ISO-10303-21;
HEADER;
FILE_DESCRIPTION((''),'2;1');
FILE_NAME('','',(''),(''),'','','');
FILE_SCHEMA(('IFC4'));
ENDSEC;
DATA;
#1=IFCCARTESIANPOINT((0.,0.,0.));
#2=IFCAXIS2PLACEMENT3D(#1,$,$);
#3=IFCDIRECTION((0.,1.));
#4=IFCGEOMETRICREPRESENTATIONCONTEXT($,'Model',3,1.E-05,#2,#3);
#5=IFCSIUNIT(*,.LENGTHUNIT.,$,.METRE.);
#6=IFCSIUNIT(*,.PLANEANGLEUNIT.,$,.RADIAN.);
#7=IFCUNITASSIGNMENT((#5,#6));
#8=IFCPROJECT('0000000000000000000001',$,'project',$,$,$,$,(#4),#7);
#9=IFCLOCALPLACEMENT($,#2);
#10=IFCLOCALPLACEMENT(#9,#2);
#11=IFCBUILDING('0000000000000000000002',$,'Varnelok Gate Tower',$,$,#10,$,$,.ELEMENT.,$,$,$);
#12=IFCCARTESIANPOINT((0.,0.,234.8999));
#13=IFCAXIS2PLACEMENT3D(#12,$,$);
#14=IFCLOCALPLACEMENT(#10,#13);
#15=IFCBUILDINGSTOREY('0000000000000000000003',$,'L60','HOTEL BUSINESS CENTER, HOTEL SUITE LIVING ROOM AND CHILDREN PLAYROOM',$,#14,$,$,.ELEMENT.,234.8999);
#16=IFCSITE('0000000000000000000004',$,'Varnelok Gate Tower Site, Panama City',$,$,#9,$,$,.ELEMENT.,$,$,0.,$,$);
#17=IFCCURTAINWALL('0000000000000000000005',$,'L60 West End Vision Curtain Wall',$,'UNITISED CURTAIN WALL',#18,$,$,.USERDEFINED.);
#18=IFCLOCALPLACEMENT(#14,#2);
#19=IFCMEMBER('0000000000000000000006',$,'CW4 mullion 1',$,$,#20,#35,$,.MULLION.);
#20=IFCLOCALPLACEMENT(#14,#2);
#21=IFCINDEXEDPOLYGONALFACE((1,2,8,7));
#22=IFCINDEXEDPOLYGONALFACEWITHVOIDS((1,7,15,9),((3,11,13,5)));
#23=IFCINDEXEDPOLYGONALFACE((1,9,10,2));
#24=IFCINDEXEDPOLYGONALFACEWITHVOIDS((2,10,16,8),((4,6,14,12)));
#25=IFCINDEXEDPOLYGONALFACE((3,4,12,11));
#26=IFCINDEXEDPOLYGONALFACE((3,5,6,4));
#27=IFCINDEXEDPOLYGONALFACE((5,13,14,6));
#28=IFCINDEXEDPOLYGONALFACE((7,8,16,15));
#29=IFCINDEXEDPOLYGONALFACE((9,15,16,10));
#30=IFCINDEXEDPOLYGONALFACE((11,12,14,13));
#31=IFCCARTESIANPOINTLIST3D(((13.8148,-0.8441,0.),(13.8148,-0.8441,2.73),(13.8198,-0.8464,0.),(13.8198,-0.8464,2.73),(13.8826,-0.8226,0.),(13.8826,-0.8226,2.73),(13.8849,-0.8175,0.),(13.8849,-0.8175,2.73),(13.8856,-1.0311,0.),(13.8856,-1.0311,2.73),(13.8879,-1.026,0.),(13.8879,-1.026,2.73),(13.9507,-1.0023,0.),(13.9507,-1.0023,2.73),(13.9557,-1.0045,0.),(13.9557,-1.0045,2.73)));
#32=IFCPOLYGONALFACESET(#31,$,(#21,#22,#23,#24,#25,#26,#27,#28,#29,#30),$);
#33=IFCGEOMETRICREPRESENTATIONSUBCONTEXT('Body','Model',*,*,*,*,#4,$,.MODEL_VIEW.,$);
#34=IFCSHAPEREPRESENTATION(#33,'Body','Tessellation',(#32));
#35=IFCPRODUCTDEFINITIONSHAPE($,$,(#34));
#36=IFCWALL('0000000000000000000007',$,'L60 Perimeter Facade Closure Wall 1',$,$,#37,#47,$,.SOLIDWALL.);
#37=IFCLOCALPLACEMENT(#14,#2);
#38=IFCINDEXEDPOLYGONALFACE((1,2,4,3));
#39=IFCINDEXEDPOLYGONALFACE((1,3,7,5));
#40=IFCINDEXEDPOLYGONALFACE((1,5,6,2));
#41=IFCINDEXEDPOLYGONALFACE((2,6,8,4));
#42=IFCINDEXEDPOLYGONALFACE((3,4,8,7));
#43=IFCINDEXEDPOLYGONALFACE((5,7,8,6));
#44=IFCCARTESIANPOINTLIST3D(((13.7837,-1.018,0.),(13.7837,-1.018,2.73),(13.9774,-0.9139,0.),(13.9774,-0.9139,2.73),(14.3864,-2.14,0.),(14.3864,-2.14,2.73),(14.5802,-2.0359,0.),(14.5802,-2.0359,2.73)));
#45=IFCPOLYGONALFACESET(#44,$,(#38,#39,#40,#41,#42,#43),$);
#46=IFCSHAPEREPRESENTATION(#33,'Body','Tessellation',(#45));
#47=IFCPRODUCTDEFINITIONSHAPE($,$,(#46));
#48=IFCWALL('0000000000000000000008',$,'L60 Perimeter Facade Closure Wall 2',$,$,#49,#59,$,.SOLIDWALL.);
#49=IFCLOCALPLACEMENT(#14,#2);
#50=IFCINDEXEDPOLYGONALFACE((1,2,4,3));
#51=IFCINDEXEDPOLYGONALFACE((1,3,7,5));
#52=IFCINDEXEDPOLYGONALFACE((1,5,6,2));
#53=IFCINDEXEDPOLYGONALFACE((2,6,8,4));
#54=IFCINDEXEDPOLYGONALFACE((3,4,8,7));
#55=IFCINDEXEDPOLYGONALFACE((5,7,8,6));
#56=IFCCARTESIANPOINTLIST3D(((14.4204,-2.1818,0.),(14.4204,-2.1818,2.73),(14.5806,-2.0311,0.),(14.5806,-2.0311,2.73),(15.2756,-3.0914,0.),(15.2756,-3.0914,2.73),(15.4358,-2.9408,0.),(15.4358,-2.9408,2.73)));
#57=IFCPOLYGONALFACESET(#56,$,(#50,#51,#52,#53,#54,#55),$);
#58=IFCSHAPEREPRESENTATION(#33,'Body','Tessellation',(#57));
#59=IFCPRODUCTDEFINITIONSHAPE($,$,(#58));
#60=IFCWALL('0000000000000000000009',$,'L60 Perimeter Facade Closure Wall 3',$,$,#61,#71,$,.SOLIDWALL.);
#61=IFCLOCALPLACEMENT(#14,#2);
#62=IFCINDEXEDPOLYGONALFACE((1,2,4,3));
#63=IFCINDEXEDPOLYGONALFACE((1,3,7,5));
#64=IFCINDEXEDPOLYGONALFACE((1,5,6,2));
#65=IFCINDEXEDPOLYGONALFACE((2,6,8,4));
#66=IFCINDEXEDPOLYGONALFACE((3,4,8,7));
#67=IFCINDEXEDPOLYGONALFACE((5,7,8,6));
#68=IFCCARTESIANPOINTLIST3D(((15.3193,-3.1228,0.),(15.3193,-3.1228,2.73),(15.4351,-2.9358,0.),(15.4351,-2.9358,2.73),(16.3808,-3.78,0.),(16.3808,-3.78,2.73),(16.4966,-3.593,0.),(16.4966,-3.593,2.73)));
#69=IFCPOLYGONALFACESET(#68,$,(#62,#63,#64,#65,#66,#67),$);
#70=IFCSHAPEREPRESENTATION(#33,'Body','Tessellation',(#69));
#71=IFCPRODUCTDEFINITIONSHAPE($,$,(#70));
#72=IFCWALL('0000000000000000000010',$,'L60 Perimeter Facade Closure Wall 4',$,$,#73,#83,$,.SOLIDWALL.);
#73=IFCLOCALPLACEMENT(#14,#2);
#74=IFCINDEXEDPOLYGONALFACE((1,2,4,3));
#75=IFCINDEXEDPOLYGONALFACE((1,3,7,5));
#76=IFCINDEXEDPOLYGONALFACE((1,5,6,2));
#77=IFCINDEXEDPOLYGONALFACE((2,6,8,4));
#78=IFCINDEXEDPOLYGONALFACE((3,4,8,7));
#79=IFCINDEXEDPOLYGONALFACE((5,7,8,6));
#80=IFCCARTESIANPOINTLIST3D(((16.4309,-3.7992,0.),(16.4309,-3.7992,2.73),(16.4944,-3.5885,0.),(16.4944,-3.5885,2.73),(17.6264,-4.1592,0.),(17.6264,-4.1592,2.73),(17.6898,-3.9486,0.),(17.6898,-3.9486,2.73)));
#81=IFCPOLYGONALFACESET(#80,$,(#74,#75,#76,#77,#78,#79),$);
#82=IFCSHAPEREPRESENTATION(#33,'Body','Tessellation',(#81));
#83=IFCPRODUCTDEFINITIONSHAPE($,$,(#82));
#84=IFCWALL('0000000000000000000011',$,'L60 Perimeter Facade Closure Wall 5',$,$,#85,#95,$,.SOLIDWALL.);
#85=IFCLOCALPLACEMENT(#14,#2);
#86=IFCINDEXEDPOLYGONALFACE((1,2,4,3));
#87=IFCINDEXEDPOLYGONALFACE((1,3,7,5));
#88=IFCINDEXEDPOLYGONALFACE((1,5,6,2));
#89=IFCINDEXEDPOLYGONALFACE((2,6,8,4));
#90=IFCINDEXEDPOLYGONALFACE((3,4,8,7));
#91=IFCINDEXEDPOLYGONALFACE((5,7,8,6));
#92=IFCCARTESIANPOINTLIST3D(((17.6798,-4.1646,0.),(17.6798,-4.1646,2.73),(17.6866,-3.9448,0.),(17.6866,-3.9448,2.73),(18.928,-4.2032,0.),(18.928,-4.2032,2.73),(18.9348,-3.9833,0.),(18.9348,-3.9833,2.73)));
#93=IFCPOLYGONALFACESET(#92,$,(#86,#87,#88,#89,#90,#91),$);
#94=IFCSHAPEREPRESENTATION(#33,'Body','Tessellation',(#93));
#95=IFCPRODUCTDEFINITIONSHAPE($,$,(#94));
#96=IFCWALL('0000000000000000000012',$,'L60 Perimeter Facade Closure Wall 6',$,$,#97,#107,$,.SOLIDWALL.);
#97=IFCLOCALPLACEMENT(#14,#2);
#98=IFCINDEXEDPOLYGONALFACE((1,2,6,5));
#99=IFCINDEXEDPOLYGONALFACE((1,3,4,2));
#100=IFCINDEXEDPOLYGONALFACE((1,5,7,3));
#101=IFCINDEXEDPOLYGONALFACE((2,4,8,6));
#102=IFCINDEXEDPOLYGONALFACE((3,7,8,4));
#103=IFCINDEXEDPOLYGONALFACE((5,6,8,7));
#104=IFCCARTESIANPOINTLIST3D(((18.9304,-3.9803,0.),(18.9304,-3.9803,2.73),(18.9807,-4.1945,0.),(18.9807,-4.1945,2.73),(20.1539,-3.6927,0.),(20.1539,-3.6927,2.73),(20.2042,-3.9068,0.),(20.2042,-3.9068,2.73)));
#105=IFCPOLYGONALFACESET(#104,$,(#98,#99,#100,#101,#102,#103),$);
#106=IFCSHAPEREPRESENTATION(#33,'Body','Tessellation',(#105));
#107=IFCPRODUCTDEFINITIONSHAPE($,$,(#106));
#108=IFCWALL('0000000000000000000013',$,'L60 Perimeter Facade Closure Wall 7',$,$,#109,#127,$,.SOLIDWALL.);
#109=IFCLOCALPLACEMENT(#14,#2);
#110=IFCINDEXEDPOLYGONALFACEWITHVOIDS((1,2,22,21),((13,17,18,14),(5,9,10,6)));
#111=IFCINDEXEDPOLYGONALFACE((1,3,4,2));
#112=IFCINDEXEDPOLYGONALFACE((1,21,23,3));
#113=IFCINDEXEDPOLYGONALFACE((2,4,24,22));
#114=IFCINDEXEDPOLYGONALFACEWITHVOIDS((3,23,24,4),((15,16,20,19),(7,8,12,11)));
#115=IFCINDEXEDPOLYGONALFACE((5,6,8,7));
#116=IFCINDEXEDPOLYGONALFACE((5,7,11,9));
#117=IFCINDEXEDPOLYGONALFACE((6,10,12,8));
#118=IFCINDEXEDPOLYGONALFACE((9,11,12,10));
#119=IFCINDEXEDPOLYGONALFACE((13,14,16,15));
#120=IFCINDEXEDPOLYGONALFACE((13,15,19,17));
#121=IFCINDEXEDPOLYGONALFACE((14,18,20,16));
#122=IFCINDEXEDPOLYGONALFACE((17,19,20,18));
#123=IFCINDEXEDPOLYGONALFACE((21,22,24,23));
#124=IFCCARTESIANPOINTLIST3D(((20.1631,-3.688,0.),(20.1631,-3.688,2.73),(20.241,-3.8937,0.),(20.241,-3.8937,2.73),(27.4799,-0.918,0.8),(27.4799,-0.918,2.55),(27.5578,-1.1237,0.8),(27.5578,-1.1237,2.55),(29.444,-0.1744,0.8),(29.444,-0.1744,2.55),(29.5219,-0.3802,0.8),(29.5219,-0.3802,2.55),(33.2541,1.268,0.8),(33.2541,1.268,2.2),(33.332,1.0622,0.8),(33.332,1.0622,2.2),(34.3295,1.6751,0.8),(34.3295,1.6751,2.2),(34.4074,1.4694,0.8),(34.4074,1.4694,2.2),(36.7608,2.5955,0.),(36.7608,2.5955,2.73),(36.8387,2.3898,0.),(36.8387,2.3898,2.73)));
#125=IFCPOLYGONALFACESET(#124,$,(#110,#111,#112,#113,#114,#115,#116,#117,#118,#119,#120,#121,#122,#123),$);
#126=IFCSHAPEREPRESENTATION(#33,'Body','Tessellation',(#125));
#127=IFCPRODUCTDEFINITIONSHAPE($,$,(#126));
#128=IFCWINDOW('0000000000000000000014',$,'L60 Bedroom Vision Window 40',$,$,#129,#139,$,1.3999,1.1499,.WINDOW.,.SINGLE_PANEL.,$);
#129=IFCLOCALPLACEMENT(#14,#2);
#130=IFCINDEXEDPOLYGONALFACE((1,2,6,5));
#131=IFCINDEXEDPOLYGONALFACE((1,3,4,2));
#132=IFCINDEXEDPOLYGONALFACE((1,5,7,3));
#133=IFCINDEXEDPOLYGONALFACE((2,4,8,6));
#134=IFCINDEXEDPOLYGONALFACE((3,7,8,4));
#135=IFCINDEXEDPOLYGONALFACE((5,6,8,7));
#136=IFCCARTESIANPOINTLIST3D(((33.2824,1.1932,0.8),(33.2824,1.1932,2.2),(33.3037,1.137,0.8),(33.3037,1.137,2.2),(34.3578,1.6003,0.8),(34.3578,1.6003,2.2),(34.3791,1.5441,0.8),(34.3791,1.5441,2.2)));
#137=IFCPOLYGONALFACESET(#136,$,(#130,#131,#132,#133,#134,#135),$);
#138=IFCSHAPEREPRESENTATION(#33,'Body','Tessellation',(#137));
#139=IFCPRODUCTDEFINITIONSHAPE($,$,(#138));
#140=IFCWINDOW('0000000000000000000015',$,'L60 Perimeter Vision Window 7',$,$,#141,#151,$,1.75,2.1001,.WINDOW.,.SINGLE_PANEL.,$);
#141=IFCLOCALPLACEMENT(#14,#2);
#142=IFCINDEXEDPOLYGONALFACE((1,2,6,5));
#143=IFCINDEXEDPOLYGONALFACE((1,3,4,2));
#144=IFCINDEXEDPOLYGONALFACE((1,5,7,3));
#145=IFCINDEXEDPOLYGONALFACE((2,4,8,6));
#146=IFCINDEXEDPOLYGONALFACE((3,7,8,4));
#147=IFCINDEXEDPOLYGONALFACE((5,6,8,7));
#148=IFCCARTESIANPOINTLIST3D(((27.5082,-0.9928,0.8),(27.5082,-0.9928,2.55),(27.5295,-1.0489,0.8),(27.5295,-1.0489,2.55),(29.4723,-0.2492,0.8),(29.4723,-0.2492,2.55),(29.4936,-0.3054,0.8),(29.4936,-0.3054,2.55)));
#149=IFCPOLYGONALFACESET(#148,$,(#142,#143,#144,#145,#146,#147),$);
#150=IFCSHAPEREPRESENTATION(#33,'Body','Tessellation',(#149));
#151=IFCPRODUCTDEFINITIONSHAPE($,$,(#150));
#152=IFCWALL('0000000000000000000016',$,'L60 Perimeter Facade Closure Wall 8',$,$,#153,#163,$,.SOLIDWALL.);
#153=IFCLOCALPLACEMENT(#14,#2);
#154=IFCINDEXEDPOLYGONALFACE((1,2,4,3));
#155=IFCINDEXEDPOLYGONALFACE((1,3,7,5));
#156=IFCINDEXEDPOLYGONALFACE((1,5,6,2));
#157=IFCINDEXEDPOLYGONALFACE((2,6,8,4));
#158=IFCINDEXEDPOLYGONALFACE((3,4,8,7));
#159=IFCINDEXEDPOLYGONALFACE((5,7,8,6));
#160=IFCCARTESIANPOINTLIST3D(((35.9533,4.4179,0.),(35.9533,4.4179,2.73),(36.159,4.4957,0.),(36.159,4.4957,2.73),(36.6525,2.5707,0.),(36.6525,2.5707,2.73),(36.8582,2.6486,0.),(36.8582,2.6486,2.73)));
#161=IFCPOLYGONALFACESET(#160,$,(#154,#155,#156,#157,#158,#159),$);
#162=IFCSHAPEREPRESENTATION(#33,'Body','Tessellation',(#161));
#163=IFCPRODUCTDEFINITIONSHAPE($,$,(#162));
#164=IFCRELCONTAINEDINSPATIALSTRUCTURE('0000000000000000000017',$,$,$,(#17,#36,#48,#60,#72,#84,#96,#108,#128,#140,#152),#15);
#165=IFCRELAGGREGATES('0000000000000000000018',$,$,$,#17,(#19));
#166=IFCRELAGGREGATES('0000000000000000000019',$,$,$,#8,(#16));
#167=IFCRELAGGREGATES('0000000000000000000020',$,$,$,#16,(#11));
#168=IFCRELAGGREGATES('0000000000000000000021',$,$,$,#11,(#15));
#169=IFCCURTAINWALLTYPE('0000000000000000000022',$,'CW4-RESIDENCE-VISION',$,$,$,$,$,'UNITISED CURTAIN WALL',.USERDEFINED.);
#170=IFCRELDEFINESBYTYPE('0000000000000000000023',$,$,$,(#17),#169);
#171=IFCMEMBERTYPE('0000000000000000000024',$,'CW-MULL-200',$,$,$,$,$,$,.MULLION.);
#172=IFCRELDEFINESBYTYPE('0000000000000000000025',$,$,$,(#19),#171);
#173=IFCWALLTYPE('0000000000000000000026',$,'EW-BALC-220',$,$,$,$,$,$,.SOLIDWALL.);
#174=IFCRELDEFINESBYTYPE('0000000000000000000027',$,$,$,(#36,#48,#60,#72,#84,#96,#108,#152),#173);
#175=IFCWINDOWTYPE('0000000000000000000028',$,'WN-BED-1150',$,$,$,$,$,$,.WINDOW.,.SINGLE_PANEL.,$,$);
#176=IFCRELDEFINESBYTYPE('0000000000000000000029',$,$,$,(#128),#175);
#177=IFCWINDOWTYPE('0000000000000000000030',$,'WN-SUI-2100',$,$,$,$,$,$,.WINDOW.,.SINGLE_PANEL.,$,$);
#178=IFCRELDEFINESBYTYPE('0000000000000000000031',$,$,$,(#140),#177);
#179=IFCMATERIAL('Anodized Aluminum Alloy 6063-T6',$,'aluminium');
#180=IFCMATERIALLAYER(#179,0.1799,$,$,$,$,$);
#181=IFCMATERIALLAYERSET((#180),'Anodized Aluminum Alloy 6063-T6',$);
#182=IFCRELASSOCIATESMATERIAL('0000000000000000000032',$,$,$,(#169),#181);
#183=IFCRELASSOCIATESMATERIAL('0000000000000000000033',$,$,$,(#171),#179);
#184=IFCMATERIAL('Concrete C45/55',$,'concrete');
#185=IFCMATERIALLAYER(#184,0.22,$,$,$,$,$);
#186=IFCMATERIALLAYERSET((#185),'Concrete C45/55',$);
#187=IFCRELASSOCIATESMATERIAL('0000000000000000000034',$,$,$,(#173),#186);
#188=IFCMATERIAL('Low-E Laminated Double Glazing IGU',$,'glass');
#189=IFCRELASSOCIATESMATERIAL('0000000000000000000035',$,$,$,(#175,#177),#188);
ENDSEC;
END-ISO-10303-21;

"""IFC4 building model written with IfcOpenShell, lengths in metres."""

from ifc_helpers import new_model, si_unit, direction, frame, frame_2d, origin, origin_2d, place, context, subcontext, project, spatial, rectangle, hollow_rectangle, extrude, material, layer, layer_set, material_profile, profile_set, type_object, element, fill, aggregate, save


model = new_model("IFC4")

# Units and contexts
model_context = context("Model", 3, precision=1e-05, world=origin(), true_north=direction((0.0, 1.0)))
body_context = subcontext(model_context, "Body", "Model", "MODEL_VIEW")
ifc_project = project(units=[si_unit("LENGTHUNIT", "METRE"), si_unit("PLANEANGLEUNIT", "RADIAN")], contexts=[model_context])

# Site, building, storey
site_placement = place(None, origin())
site = spatial("IfcSite", under=ifc_project, at=site_placement, Name="Varnelok Gate Tower Site, Panama City", CompositionType="ELEMENT", RefElevation=0.0)
building_placement = place(site_placement, origin())
building = spatial("IfcBuilding", under=site, at=building_placement, Name="Varnelok Gate Tower", CompositionType="ELEMENT")
storey_placement = place(building_placement, frame((0.0, 0.0, 234.8999)))
storey = spatial("IfcBuildingStorey", under=building, at=storey_placement, Name="L60", Description="HOTEL BUSINESS CENTER, HOTEL SUITE LIVING ROOM AND CHILDREN PLAYROOM", CompositionType="ELEMENT", Elevation=234.8999)

# Curtain wall, member
ifc_material_1 = material(Name="Anodized Aluminum Alloy 6063-T6", Category="aluminium")
ifc_layer_1 = layer(ifc_material_1, 0.1799)
ifc_layer_set_1 = layer_set([ifc_layer_1], Name="Anodized Aluminum Alloy 6063-T6")
curtain_wall_type = type_object("IfcCurtainWallType", Name="CW4-RESIDENCE-VISION", ElementType="UNITISED CURTAIN WALL", PredefinedType="USERDEFINED", material=ifc_layer_set_1)
curtain_wall_placement = place(storey_placement, origin())
curtain_wall = element("IfcCurtainWall", 1, at=curtain_wall_placement, inside=storey, type_object=curtain_wall_type, Name="L60 West End Vision Curtain Wall", ObjectType="UNITISED CURTAIN WALL", PredefinedType="USERDEFINED")
ifc_material_profile_1 = material_profile(ifc_material_1, hollow_rectangle(XDim=0.075, YDim=0.2, WallThickness=0.0039, at=origin_2d()), Name="ALU200X75X4")
ifc_profile_set_1 = profile_set([ifc_material_profile_1], Name="Anodized Aluminum Alloy 6063-T6")
member_type = type_object("IfcMemberType", Name="CW-MULL-200", PredefinedType="MULLION", material=ifc_profile_set_1)
member_placement = place(storey_placement, frame((13.8853, -0.9243, 0.0), z_axis=(0.0, 0.0, 1.0), x_axis=(-0.935222, -0.354063, 0.0)))
member = element("IfcMember", 2, at=member_placement, type_object=member_type, Name="CW4 mullion 1", PredefinedType="MULLION", context=body_context, shape_type="SweptSolid", body=[
    extrude(hollow_rectangle(XDim=0.075, YDim=0.2, WallThickness=0.0039, at=origin_2d()), origin(), (0.0, 0.0, 1.0), 2.73),
])
aggregate(curtain_wall, [member])

# Walls
ifc_material_2 = material(Name="Concrete C45/55", Category="concrete")
ifc_layer_2 = layer(ifc_material_2, 0.22)
ifc_layer_set_2 = layer_set([ifc_layer_2], Name="Concrete C45/55")
wall_type_1 = type_object("IfcWallType", Name="EW-BALC-220", PredefinedType="SOLIDWALL", material=ifc_layer_set_2)
wall_1_placement = place(storey_placement, frame((13.8806, -0.9661, 0.0), z_axis=(0.0, 0.0, 1.0), x_axis=(0.473242, -0.880932, 0.0)))
element("IfcWall", 3, at=wall_1_placement, inside=storey, type_object=wall_type_1, Name="L60 Perimeter Facade Closure Wall 1", PredefinedType="SOLIDWALL", context=body_context, shape_type="SweptSolid", body=[
    extrude(rectangle(XDim=1.2737, YDim=0.22, at=frame_2d((0.6367, 0.0))), origin(), (0.0, 0.0, 1.0), 2.73),
])
for number, where, z_axis, x_axis, name in (
    (4, (14.5005, -2.1064, 0.0), (0.0, 0.0, 1.0), (0.684968, -0.728573, 0.0), "L60 Perimeter Facade Closure Wall 2"),
    (5, (15.3772, -3.0293, 0.0), (0.0, 0.0, 1.0), (0.850232, -0.526408, 0.0), "L60 Perimeter Facade Closure Wall 3"),
    (6, (16.4626, -3.6938, 0.0), (0.0, 0.0, 1.0), (0.957508, -0.288406, 0.0), "L60 Perimeter Facade Closure Wall 4"),
):
    element("IfcWall", number, at=place(storey_placement, frame(where, z_axis=z_axis, x_axis=x_axis)), inside=storey, type_object=wall_type_1, Name=name, PredefinedType="SOLIDWALL", context=body_context, shape_type="SweptSolid", body=[
        extrude(rectangle(XDim=1.2485, YDim=0.22, at=frame_2d((0.6243, 0.0))), origin(), (0.0, 0.0, 1.0), 2.73),
    ])
wall_2_placement = place(storey_placement, frame((17.6831, -4.0547, 0.0), z_axis=(0.0, 0.0, 1.0), x_axis=(0.999523, -0.030887, 0.0)))
element("IfcWall", 7, at=wall_2_placement, inside=storey, type_object=wall_type_1, Name="L60 Perimeter Facade Closure Wall 5", PredefinedType="SOLIDWALL", context=body_context, shape_type="SweptSolid", body=[
    extrude(rectangle(XDim=1.2488, YDim=0.22, at=frame_2d((0.6245, 0.0))), origin(), (0.0, 0.0, 1.0), 2.73),
])
wall_3_placement = place(storey_placement, frame((18.9556, -4.0874, 0.0), z_axis=(0.0, 0.0, 1.0), x_axis=(0.973463, 0.228844, 0.0)))
element("IfcWall", 8, at=wall_3_placement, inside=storey, type_object=wall_type_1, Name="L60 Perimeter Facade Closure Wall 6", PredefinedType="SOLIDWALL", context=body_context, shape_type="SweptSolid", body=[
    extrude(rectangle(XDim=1.2568, YDim=0.22, at=frame_2d((0.6284, 0.0))), origin(), (0.0, 0.0, 1.0), 2.73),
])

# Wall, openings, windows
wall_4_placement = place(storey_placement, frame((20.2021, -3.7908, 0.0), z_axis=(0.0, 0.0, 1.0), x_axis=(0.935226, 0.354052, 0.0)))
wall_4 = element("IfcWall", 9, at=wall_4_placement, inside=storey, type_object=wall_type_1, Name="L60 Perimeter Facade Closure Wall 7", PredefinedType="SOLIDWALL", context=body_context, shape_type="SweptSolid", body=[
    extrude(rectangle(XDim=17.7473, YDim=0.22, at=frame_2d((8.8735, 0.0))), origin(), (0.0, 0.0, 1.0), 2.73),
])
opening_1_placement = place(wall_4_placement, frame((7.8235, 0.0, 0.8)))
opening_1 = element("IfcOpeningElement", 10, at=opening_1_placement, cuts=wall_4, PredefinedType="OPENING", context=body_context, shape_type="SweptSolid", body=[
    extrude(rectangle(XDim=2.1001, YDim=1.75, at=frame_2d((1.05, 0.875))), frame((0.0, 0.1199, 0.0), z_axis=(0.0, -1.0, 0.0), x_axis=(1.0, 0.0, 0.0)), (0.0, 0.0, 1.0), 0.24),
])
opening_2_placement = place(wall_4_placement, frame((13.9976, 0.0, 0.8)))
opening_2 = element("IfcOpeningElement", 11, at=opening_2_placement, cuts=wall_4, PredefinedType="OPENING", context=body_context, shape_type="SweptSolid", body=[
    extrude(rectangle(XDim=1.1499, YDim=1.3999, at=frame_2d((0.575, 0.7))), frame((0.0, 0.1199, 0.0), z_axis=(0.0, -1.0, 0.0), x_axis=(1.0, 0.0, 0.0)), (0.0, 0.0, 1.0), 0.24),
])
ifc_material_3 = material(Name="Low-E Laminated Double Glazing IGU", Category="glass")
window_type_1 = type_object("IfcWindowType", Name="WN-BED-1150", PartitioningType="SINGLE_PANEL", PredefinedType="WINDOW", material=ifc_material_3)
window_1_placement = place(opening_2_placement, origin())
window_1 = element("IfcWindow", 12, at=window_1_placement, inside=storey, type_object=window_type_1, Name="L60 Bedroom Vision Window 40", OverallHeight=1.3999, OverallWidth=1.1499, PartitioningType="SINGLE_PANEL", PredefinedType="WINDOW", context=body_context, shape_type="SweptSolid", body=[
    extrude(rectangle(XDim=1.1499, YDim=1.3999, at=frame_2d((0.575, 0.7))), frame((0.0, 0.03, 0.0), z_axis=(0.0, -1.0, 0.0), x_axis=(1.0, 0.0, 0.0)), (0.0, 0.0, 1.0), 0.0601),
])
fill(opening_2, window_1)
window_type_2 = type_object("IfcWindowType", Name="WN-SUI-2100", PartitioningType="SINGLE_PANEL", PredefinedType="WINDOW", material=ifc_material_3)
window_2_placement = place(opening_1_placement, origin())
window_2 = element("IfcWindow", 13, at=window_2_placement, inside=storey, type_object=window_type_2, Name="L60 Perimeter Vision Window 7", OverallHeight=1.75, OverallWidth=2.1001, PartitioningType="SINGLE_PANEL", PredefinedType="WINDOW", context=body_context, shape_type="SweptSolid", body=[
    extrude(rectangle(XDim=2.1001, YDim=1.75, at=frame_2d((1.05, 0.875))), frame((0.0, 0.03, 0.0), z_axis=(0.0, -1.0, 0.0), x_axis=(1.0, 0.0, 0.0)), (0.0, 0.0, 1.0), 0.0601),
])
fill(opening_1, window_2)

# Wall
wall_5_placement = place(storey_placement, frame((36.7554, 2.6096, 0.0), z_axis=(0.0, 0.0, 1.0), x_axis=(-0.354021, 0.935238, 0.0)))
element("IfcWall", 14, at=wall_5_placement, inside=storey, type_object=wall_type_1, Name="L60 Perimeter Facade Closure Wall 8", PredefinedType="SOLIDWALL", context=body_context, shape_type="SweptSolid", body=[
    extrude(rectangle(XDim=1.9751, YDim=0.22, at=frame_2d((0.9875, 0.0))), origin(), (0.0, 0.0, 1.0), 2.73),
])

save(model, "model.ifc")
